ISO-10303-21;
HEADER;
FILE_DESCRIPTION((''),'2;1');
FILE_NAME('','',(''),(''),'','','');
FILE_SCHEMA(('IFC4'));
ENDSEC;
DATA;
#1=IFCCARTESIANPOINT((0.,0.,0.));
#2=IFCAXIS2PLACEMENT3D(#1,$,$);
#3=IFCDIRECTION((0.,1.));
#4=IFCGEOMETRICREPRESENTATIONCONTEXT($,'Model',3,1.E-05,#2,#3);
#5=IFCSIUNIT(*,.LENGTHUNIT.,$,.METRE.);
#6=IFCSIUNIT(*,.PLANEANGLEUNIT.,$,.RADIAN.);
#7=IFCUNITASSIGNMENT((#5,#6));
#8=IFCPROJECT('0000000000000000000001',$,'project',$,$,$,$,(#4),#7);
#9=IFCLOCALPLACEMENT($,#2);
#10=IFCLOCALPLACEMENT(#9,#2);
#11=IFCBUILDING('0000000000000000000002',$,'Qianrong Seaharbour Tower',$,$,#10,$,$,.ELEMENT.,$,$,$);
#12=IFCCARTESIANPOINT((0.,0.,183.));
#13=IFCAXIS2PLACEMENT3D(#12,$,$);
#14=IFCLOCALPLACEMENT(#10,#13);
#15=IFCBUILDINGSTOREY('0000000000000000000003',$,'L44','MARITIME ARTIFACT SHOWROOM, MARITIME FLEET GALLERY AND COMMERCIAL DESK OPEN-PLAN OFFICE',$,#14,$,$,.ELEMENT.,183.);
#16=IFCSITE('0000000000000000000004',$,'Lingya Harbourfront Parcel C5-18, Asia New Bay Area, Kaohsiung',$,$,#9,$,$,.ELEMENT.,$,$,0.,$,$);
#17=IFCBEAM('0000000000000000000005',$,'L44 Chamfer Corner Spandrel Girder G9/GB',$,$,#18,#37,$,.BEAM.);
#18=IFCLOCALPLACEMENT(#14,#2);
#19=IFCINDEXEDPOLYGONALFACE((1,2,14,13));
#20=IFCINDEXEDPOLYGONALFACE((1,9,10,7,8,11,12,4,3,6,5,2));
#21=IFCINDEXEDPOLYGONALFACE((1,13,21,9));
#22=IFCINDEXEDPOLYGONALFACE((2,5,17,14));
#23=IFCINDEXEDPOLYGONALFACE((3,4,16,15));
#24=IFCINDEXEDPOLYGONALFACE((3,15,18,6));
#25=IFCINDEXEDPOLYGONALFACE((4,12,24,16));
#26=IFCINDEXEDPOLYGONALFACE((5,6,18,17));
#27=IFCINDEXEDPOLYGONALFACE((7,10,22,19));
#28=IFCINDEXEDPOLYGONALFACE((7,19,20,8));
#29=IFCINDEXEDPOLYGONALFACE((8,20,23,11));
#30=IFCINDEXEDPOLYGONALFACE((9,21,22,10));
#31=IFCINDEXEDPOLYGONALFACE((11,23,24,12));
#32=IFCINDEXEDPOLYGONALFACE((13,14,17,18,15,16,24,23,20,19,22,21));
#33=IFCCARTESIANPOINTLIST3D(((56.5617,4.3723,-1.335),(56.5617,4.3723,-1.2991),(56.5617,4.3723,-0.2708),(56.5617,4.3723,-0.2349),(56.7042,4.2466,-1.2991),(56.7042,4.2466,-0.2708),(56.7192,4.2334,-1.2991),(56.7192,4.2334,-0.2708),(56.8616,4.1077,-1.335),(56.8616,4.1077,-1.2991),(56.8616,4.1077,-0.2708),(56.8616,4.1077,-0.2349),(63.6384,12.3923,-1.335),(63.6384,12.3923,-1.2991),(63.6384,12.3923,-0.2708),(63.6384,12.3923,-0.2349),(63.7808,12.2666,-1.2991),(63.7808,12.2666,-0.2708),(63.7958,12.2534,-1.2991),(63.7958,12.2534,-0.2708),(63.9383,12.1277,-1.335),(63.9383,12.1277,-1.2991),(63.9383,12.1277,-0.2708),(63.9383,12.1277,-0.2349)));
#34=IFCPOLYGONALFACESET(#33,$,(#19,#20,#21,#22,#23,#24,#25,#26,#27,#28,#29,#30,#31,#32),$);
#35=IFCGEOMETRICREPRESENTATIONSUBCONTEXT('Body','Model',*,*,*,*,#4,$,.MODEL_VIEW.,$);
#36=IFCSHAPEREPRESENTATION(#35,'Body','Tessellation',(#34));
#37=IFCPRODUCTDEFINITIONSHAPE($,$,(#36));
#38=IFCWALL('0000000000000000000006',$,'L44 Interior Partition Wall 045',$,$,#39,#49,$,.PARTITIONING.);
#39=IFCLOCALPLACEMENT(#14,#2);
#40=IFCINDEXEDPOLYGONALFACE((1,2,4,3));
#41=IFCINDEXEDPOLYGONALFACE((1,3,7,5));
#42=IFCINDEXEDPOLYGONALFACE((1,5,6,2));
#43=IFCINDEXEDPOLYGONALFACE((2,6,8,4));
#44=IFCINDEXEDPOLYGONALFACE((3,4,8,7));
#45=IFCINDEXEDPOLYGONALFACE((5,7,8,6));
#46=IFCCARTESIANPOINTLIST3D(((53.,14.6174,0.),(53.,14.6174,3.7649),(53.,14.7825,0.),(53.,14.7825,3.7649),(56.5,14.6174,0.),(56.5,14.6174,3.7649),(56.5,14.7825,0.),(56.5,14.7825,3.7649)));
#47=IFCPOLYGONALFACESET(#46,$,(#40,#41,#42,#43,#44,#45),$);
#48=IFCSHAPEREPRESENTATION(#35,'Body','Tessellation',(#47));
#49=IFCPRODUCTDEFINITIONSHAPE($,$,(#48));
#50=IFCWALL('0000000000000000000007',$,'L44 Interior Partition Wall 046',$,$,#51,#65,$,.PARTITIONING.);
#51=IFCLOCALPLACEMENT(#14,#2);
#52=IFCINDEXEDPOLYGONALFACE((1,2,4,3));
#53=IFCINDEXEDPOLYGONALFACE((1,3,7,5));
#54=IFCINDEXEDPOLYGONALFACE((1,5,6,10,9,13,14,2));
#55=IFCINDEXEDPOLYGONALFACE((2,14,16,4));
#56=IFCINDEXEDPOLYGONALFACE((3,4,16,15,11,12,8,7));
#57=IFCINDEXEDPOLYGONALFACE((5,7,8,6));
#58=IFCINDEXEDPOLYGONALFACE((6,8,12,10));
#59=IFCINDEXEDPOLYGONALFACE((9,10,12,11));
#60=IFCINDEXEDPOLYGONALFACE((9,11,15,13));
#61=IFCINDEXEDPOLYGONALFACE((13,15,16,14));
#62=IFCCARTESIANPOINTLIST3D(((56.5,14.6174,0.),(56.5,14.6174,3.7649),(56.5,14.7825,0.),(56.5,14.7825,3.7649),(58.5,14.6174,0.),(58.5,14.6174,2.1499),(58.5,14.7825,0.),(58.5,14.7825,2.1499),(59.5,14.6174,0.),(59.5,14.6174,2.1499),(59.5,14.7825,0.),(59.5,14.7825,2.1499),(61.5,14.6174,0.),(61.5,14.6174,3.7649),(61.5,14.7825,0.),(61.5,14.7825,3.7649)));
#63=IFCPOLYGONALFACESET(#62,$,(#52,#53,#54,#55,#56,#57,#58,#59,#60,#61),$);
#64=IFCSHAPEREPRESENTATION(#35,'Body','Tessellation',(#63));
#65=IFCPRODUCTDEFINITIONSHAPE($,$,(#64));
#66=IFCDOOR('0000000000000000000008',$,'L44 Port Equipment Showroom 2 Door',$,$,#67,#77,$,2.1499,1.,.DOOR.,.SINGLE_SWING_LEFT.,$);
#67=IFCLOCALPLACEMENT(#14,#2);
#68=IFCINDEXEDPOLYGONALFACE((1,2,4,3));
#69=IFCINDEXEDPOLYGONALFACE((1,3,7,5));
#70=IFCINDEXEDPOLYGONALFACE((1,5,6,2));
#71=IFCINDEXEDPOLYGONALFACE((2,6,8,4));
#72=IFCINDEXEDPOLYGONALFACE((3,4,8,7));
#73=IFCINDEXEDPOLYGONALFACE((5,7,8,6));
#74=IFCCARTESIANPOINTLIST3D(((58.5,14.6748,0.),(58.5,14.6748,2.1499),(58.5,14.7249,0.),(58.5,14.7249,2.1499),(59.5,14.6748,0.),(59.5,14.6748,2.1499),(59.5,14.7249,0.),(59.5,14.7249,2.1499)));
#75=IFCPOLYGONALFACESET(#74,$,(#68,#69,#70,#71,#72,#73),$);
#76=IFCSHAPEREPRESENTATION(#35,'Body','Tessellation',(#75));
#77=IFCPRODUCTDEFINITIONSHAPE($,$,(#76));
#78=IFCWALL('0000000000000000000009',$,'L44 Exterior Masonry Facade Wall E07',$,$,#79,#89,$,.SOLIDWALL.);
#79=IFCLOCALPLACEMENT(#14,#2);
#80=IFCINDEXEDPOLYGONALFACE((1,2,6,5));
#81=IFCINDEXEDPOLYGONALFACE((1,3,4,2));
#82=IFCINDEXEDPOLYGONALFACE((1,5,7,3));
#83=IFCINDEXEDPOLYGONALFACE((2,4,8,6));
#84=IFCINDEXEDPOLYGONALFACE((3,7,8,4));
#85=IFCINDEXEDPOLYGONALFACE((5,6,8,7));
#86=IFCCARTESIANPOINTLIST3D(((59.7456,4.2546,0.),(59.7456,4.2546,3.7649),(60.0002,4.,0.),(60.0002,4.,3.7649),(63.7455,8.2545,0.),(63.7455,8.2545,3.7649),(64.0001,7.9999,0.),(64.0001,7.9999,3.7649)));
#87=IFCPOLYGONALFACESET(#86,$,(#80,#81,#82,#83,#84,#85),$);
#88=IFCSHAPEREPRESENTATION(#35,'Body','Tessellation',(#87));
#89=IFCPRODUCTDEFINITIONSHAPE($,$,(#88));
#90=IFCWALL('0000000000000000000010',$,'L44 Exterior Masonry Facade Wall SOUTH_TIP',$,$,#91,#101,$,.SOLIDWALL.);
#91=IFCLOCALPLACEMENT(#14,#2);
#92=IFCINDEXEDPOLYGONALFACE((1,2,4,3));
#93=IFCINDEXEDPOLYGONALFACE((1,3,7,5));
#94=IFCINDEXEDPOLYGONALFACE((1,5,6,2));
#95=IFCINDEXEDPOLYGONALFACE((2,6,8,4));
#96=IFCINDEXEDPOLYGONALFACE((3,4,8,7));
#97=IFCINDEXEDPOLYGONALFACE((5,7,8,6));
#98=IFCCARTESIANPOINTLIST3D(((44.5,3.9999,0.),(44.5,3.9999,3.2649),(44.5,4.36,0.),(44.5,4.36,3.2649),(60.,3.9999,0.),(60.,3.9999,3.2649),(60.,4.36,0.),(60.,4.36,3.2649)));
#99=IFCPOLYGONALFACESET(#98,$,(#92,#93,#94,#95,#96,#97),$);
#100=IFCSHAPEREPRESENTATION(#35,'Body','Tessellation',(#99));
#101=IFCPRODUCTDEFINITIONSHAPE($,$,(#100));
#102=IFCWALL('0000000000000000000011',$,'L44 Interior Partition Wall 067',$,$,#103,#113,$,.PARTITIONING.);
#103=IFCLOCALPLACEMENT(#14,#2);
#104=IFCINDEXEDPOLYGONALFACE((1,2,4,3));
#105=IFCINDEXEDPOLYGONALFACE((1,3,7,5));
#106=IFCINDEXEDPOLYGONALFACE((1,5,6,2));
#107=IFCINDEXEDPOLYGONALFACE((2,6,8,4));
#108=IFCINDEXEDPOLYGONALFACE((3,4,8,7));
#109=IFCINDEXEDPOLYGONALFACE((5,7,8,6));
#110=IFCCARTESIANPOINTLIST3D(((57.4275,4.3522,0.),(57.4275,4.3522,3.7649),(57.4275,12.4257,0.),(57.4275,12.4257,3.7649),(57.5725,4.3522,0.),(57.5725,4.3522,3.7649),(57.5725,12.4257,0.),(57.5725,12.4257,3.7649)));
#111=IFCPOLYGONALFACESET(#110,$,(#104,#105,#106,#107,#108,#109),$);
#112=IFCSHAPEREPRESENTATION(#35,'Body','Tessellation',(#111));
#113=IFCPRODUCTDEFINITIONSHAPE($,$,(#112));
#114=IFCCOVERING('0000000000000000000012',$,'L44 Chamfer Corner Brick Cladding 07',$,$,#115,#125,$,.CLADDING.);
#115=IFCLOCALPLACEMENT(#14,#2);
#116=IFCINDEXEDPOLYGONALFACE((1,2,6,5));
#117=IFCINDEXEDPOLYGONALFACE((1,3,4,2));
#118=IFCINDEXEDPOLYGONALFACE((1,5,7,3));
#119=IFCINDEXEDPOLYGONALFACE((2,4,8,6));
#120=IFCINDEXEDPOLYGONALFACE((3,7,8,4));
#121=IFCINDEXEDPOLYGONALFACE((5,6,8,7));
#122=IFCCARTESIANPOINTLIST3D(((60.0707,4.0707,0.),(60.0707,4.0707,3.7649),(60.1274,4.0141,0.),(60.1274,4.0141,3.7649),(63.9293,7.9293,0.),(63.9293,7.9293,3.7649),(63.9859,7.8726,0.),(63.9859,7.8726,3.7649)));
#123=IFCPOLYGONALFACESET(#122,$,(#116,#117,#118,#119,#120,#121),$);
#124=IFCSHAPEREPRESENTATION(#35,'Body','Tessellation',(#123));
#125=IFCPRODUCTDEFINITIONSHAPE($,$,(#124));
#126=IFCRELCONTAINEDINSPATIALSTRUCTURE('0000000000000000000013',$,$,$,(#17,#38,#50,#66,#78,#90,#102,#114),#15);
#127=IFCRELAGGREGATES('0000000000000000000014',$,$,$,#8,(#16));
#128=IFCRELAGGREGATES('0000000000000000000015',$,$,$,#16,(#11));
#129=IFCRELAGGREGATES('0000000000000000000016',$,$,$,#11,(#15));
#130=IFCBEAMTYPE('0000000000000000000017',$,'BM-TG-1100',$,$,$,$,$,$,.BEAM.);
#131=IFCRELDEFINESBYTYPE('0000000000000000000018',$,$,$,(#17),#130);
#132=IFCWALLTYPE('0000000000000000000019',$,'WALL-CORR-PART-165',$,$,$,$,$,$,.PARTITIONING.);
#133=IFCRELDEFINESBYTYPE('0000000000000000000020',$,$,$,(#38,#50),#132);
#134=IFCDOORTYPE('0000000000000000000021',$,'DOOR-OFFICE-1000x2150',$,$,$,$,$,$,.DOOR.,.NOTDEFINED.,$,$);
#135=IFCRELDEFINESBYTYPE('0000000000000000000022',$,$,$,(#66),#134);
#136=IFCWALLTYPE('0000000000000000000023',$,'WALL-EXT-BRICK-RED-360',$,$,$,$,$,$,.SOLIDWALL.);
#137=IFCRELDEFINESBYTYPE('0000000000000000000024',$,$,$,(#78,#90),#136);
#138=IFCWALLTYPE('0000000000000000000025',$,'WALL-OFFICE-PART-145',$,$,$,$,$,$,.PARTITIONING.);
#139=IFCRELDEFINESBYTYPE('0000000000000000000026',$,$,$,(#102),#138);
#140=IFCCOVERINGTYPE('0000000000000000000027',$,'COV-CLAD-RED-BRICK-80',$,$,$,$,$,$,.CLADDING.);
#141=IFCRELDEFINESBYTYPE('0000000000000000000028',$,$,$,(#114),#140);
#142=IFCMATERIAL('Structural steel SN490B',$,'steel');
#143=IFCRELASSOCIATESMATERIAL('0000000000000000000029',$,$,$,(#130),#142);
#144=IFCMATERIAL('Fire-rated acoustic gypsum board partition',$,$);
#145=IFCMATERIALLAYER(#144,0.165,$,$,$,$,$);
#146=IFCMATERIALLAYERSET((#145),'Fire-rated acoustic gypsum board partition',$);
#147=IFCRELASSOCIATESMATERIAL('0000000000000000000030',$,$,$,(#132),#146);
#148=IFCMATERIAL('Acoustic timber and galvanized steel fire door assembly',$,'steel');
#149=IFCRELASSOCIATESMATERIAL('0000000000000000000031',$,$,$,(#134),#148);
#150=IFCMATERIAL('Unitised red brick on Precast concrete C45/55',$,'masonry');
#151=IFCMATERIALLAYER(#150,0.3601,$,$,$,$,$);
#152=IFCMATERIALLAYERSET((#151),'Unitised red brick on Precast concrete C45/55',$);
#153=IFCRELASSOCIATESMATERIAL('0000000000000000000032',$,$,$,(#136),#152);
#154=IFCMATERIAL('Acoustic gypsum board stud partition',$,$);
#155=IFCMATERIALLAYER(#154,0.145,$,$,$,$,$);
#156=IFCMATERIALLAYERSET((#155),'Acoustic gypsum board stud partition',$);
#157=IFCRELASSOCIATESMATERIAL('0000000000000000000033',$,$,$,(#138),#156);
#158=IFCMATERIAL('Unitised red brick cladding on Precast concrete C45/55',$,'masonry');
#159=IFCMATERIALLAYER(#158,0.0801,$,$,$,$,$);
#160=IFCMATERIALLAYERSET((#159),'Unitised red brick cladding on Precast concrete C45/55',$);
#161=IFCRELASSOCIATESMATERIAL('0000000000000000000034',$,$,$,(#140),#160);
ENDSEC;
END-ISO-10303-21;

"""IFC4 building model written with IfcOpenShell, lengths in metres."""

from ifc_helpers import new_model, si_unit, direction, frame, frame_2d, origin, origin_2d, place, context, subcontext, project, spatial, rectangle, i_section, extrude, material, layer, layer_set, material_profile, profile_set, type_object, element, fill, save


model = new_model("IFC4")

# Units and contexts
model_context = context("Model", 3, precision=1e-05, world=origin(), true_north=direction((0.0, 1.0)))
body_context = subcontext(model_context, "Body", "Model", "MODEL_VIEW")
ifc_project = project(units=[si_unit("LENGTHUNIT", "METRE"), si_unit("PLANEANGLEUNIT", "RADIAN")], contexts=[model_context])

# Site, building, storey
site_placement = place(None, origin())
site = spatial("IfcSite", under=ifc_project, at=site_placement, Name="Lingya Harbourfront Parcel C5-18, Asia New Bay Area, Kaohsiung", CompositionType="ELEMENT", RefElevation=0.0)
building_placement = place(site_placement, origin())
building = spatial("IfcBuilding", under=site, at=building_placement, Name="Qianrong Seaharbour Tower", CompositionType="ELEMENT")
storey_placement = place(building_placement, frame((0.0, 0.0, 183.0)))
storey = spatial("IfcBuildingStorey", under=building, at=storey_placement, Name="L44", Description="MARITIME ARTIFACT SHOWROOM, MARITIME FLEET GALLERY AND COMMERCIAL DESK OPEN-PLAN OFFICE", CompositionType="ELEMENT", Elevation=183.0)

# Shared definitions
ifc_material_1 = material(Name="Structural steel SN490B", Category="steel")

# Beam
ifc_material_profile_1 = material_profile(ifc_material_1, i_section(OverallWidth=0.3999, OverallDepth=1.1001, WebThickness=0.02, FlangeThickness=0.0359, at=origin_2d()), Name="BH1100x400x20x36")
ifc_profile_set_1 = profile_set([ifc_material_profile_1], Name="Structural steel SN490B")
beam_type_1 = type_object("IfcBeamType", Name="BM-TG-1100", PredefinedType="BEAM", material=ifc_profile_set_1)
beam_1_placement = place(storey_placement, frame((56.7117, 4.24, -0.7849), z_axis=(0.661631, 0.74983, 0.0), x_axis=(-0.74983, 0.661631, 0.0)))
element("IfcBeam", 1, at=beam_1_placement, inside=storey, type_object=beam_type_1, Name="L44 Chamfer Corner Spandrel Girder G9/GB", PredefinedType="BEAM", context=body_context, shape_type="SweptSolid", body=[
    extrude(i_section(OverallWidth=0.3999, OverallDepth=1.1001, WebThickness=0.02, FlangeThickness=0.0359, at=origin_2d()), origin(), (0.0, 0.0, 1.0), 10.6958),
])

# Wall
ifc_material_2 = material(Name="Fire-rated acoustic gypsum board partition")
ifc_layer_1 = layer(ifc_material_2, 0.165)
ifc_layer_set_1 = layer_set([ifc_layer_1], Name="Fire-rated acoustic gypsum board partition")
wall_type_1 = type_object("IfcWallType", Name="WALL-CORR-PART-165", PredefinedType="PARTITIONING", material=ifc_layer_set_1)
wall_1_placement = place(storey_placement, frame((53.0, 14.7, 0.0), z_axis=(0.0, 0.0, 1.0), x_axis=(1.0, 0.0, 0.0)))
element("IfcWall", 2, at=wall_1_placement, inside=storey, type_object=wall_type_1, Name="L44 Interior Partition Wall 045", PredefinedType="PARTITIONING", context=body_context, shape_type="SweptSolid", body=[
    extrude(rectangle(XDim=3.5, YDim=0.165, at=frame_2d((1.75, 0.0))), origin(), (0.0, 0.0, 1.0), 3.7649),
])

# Wall, opening, door
wall_2_placement = place(storey_placement, frame((56.5, 14.7, 0.0), z_axis=(0.0, 0.0, 1.0), x_axis=(1.0, 0.0, 0.0)))
wall_2 = element("IfcWall", 3, at=wall_2_placement, inside=storey, type_object=wall_type_1, Name="L44 Interior Partition Wall 046", PredefinedType="PARTITIONING", context=body_context, shape_type="SweptSolid", body=[
    extrude(rectangle(XDim=5.0, YDim=0.165, at=frame_2d((2.5, 0.0))), origin(), (0.0, 0.0, 1.0), 3.7649),
])
opening_1_placement = place(wall_2_placement, frame((2.0, 0.0, 0.0)))
opening_1 = element("IfcOpeningElement", 4, at=opening_1_placement, cuts=wall_2, PredefinedType="OPENING", context=body_context, shape_type="SweptSolid", body=[
    extrude(rectangle(XDim=1.0, YDim=2.1499, at=frame_2d((0.5, 1.075))), frame((0.0, 0.0925, 0.0), z_axis=(0.0, -1.0, 0.0), x_axis=(1.0, 0.0, 0.0)), (0.0, 0.0, 1.0), 0.1851),
])
ifc_material_3 = material(Name="Acoustic timber and galvanized steel fire door assembly", Category="steel")
door_type = type_object("IfcDoorType", Name="DOOR-OFFICE-1000x2150", OperationType="NOTDEFINED", PredefinedType="DOOR", material=ifc_material_3)
door_1_placement = place(opening_1_placement, origin())
door_1 = element("IfcDoor", 5, at=door_1_placement, inside=storey, type_object=door_type, Name="L44 Port Equipment Showroom 2 Door", OperationType="SINGLE_SWING_LEFT", OverallHeight=2.1499, OverallWidth=1.0, PredefinedType="DOOR", context=body_context, shape_type="SweptSolid", body=[
    extrude(rectangle(XDim=1.0, YDim=2.1499, at=frame_2d((0.5, 1.075))), frame((0.0, 0.0249, 0.0), z_axis=(0.0, -1.0, 0.0), x_axis=(1.0, 0.0, 0.0)), (0.0, 0.0, 1.0), 0.05),
])
fill(opening_1, door_1)

# Walls
ifc_material_4 = material(Name="Unitised red brick on Precast concrete C45/55", Category="masonry")
ifc_layer_2 = layer(ifc_material_4, 0.3601)
ifc_layer_set_2 = layer_set([ifc_layer_2], Name="Unitised red brick on Precast concrete C45/55")
wall_type_2 = type_object("IfcWallType", Name="WALL-EXT-BRICK-RED-360", PredefinedType="SOLIDWALL", material=ifc_layer_set_2)
wall_3_placement = place(storey_placement, frame((63.8728, 8.1272, 0.0), z_axis=(0.0, 0.0, 1.0), x_axis=(-0.707107, -0.707107, 0.0)))
element("IfcWall", 6, at=wall_3_placement, inside=storey, type_object=wall_type_2, Name="L44 Exterior Masonry Facade Wall E07", PredefinedType="SOLIDWALL", context=body_context, shape_type="SweptSolid", body=[
    extrude(rectangle(XDim=5.6567, YDim=0.3601, at=frame_2d((2.8284, 0.0))), origin(), (0.0, 0.0, 1.0), 3.7649),
])
wall_4_placement = place(storey_placement, frame((60.0, 4.1799, 0.0), z_axis=(0.0, 0.0, 1.0), x_axis=(-1.0, 0.0, 0.0)))
element("IfcWall", 7, at=wall_4_placement, inside=storey, type_object=wall_type_2, Name="L44 Exterior Masonry Facade Wall SOUTH_TIP", PredefinedType="SOLIDWALL", context=body_context, shape_type="SweptSolid", body=[
    extrude(rectangle(XDim=15.5, YDim=0.3601, at=frame_2d((7.75, 0.0))), origin(), (0.0, 0.0, 1.0), 3.2649),
])
ifc_material_5 = material(Name="Acoustic gypsum board stud partition")
ifc_layer_3 = layer(ifc_material_5, 0.145)
ifc_layer_set_3 = layer_set([ifc_layer_3], Name="Acoustic gypsum board stud partition")
wall_type_3 = type_object("IfcWallType", Name="WALL-OFFICE-PART-145", PredefinedType="PARTITIONING", material=ifc_layer_set_3)
wall_5_placement = place(storey_placement, frame((57.5, 12.4255, 0.0), z_axis=(0.0, 0.0, 1.0), x_axis=(0.0, -1.0, 0.0)))
element("IfcWall", 8, at=wall_5_placement, inside=storey, type_object=wall_type_3, Name="L44 Interior Partition Wall 067", PredefinedType="PARTITIONING", context=body_context, shape_type="SweptSolid", body=[
    extrude(rectangle(XDim=8.0735, YDim=0.145, at=frame_2d((4.0366, 0.0))), origin(), (0.0, 0.0, 1.0), 3.7649),
])

# Covering
ifc_material_6 = material(Name="Unitised red brick cladding on Precast concrete C45/55", Category="masonry")
ifc_layer_4 = layer(ifc_material_6, 0.0801)
ifc_layer_set_4 = layer_set([ifc_layer_4], Name="Unitised red brick cladding on Precast concrete C45/55")
covering_type = type_object("IfcCoveringType", Name="COV-CLAD-RED-BRICK-80", PredefinedType="CLADDING", material=ifc_layer_set_4)
covering_placement = place(storey_placement, frame((62.0283, 5.9717, 0.0), z_axis=(0.0, 0.0, 1.0), x_axis=(-0.707107, -0.707107, 0.0)))
element("IfcCovering", 9, at=covering_placement, inside=storey, type_object=covering_type, Name="L44 Chamfer Corner Brick Cladding 07", PredefinedType="CLADDING", context=body_context, shape_type="SweptSolid", body=[
    extrude(rectangle(XDim=5.4568, YDim=0.0801, at=origin_2d()), origin(), (0.0, 0.0, 1.0), 3.7649),
])

save(model, "model.ifc")
